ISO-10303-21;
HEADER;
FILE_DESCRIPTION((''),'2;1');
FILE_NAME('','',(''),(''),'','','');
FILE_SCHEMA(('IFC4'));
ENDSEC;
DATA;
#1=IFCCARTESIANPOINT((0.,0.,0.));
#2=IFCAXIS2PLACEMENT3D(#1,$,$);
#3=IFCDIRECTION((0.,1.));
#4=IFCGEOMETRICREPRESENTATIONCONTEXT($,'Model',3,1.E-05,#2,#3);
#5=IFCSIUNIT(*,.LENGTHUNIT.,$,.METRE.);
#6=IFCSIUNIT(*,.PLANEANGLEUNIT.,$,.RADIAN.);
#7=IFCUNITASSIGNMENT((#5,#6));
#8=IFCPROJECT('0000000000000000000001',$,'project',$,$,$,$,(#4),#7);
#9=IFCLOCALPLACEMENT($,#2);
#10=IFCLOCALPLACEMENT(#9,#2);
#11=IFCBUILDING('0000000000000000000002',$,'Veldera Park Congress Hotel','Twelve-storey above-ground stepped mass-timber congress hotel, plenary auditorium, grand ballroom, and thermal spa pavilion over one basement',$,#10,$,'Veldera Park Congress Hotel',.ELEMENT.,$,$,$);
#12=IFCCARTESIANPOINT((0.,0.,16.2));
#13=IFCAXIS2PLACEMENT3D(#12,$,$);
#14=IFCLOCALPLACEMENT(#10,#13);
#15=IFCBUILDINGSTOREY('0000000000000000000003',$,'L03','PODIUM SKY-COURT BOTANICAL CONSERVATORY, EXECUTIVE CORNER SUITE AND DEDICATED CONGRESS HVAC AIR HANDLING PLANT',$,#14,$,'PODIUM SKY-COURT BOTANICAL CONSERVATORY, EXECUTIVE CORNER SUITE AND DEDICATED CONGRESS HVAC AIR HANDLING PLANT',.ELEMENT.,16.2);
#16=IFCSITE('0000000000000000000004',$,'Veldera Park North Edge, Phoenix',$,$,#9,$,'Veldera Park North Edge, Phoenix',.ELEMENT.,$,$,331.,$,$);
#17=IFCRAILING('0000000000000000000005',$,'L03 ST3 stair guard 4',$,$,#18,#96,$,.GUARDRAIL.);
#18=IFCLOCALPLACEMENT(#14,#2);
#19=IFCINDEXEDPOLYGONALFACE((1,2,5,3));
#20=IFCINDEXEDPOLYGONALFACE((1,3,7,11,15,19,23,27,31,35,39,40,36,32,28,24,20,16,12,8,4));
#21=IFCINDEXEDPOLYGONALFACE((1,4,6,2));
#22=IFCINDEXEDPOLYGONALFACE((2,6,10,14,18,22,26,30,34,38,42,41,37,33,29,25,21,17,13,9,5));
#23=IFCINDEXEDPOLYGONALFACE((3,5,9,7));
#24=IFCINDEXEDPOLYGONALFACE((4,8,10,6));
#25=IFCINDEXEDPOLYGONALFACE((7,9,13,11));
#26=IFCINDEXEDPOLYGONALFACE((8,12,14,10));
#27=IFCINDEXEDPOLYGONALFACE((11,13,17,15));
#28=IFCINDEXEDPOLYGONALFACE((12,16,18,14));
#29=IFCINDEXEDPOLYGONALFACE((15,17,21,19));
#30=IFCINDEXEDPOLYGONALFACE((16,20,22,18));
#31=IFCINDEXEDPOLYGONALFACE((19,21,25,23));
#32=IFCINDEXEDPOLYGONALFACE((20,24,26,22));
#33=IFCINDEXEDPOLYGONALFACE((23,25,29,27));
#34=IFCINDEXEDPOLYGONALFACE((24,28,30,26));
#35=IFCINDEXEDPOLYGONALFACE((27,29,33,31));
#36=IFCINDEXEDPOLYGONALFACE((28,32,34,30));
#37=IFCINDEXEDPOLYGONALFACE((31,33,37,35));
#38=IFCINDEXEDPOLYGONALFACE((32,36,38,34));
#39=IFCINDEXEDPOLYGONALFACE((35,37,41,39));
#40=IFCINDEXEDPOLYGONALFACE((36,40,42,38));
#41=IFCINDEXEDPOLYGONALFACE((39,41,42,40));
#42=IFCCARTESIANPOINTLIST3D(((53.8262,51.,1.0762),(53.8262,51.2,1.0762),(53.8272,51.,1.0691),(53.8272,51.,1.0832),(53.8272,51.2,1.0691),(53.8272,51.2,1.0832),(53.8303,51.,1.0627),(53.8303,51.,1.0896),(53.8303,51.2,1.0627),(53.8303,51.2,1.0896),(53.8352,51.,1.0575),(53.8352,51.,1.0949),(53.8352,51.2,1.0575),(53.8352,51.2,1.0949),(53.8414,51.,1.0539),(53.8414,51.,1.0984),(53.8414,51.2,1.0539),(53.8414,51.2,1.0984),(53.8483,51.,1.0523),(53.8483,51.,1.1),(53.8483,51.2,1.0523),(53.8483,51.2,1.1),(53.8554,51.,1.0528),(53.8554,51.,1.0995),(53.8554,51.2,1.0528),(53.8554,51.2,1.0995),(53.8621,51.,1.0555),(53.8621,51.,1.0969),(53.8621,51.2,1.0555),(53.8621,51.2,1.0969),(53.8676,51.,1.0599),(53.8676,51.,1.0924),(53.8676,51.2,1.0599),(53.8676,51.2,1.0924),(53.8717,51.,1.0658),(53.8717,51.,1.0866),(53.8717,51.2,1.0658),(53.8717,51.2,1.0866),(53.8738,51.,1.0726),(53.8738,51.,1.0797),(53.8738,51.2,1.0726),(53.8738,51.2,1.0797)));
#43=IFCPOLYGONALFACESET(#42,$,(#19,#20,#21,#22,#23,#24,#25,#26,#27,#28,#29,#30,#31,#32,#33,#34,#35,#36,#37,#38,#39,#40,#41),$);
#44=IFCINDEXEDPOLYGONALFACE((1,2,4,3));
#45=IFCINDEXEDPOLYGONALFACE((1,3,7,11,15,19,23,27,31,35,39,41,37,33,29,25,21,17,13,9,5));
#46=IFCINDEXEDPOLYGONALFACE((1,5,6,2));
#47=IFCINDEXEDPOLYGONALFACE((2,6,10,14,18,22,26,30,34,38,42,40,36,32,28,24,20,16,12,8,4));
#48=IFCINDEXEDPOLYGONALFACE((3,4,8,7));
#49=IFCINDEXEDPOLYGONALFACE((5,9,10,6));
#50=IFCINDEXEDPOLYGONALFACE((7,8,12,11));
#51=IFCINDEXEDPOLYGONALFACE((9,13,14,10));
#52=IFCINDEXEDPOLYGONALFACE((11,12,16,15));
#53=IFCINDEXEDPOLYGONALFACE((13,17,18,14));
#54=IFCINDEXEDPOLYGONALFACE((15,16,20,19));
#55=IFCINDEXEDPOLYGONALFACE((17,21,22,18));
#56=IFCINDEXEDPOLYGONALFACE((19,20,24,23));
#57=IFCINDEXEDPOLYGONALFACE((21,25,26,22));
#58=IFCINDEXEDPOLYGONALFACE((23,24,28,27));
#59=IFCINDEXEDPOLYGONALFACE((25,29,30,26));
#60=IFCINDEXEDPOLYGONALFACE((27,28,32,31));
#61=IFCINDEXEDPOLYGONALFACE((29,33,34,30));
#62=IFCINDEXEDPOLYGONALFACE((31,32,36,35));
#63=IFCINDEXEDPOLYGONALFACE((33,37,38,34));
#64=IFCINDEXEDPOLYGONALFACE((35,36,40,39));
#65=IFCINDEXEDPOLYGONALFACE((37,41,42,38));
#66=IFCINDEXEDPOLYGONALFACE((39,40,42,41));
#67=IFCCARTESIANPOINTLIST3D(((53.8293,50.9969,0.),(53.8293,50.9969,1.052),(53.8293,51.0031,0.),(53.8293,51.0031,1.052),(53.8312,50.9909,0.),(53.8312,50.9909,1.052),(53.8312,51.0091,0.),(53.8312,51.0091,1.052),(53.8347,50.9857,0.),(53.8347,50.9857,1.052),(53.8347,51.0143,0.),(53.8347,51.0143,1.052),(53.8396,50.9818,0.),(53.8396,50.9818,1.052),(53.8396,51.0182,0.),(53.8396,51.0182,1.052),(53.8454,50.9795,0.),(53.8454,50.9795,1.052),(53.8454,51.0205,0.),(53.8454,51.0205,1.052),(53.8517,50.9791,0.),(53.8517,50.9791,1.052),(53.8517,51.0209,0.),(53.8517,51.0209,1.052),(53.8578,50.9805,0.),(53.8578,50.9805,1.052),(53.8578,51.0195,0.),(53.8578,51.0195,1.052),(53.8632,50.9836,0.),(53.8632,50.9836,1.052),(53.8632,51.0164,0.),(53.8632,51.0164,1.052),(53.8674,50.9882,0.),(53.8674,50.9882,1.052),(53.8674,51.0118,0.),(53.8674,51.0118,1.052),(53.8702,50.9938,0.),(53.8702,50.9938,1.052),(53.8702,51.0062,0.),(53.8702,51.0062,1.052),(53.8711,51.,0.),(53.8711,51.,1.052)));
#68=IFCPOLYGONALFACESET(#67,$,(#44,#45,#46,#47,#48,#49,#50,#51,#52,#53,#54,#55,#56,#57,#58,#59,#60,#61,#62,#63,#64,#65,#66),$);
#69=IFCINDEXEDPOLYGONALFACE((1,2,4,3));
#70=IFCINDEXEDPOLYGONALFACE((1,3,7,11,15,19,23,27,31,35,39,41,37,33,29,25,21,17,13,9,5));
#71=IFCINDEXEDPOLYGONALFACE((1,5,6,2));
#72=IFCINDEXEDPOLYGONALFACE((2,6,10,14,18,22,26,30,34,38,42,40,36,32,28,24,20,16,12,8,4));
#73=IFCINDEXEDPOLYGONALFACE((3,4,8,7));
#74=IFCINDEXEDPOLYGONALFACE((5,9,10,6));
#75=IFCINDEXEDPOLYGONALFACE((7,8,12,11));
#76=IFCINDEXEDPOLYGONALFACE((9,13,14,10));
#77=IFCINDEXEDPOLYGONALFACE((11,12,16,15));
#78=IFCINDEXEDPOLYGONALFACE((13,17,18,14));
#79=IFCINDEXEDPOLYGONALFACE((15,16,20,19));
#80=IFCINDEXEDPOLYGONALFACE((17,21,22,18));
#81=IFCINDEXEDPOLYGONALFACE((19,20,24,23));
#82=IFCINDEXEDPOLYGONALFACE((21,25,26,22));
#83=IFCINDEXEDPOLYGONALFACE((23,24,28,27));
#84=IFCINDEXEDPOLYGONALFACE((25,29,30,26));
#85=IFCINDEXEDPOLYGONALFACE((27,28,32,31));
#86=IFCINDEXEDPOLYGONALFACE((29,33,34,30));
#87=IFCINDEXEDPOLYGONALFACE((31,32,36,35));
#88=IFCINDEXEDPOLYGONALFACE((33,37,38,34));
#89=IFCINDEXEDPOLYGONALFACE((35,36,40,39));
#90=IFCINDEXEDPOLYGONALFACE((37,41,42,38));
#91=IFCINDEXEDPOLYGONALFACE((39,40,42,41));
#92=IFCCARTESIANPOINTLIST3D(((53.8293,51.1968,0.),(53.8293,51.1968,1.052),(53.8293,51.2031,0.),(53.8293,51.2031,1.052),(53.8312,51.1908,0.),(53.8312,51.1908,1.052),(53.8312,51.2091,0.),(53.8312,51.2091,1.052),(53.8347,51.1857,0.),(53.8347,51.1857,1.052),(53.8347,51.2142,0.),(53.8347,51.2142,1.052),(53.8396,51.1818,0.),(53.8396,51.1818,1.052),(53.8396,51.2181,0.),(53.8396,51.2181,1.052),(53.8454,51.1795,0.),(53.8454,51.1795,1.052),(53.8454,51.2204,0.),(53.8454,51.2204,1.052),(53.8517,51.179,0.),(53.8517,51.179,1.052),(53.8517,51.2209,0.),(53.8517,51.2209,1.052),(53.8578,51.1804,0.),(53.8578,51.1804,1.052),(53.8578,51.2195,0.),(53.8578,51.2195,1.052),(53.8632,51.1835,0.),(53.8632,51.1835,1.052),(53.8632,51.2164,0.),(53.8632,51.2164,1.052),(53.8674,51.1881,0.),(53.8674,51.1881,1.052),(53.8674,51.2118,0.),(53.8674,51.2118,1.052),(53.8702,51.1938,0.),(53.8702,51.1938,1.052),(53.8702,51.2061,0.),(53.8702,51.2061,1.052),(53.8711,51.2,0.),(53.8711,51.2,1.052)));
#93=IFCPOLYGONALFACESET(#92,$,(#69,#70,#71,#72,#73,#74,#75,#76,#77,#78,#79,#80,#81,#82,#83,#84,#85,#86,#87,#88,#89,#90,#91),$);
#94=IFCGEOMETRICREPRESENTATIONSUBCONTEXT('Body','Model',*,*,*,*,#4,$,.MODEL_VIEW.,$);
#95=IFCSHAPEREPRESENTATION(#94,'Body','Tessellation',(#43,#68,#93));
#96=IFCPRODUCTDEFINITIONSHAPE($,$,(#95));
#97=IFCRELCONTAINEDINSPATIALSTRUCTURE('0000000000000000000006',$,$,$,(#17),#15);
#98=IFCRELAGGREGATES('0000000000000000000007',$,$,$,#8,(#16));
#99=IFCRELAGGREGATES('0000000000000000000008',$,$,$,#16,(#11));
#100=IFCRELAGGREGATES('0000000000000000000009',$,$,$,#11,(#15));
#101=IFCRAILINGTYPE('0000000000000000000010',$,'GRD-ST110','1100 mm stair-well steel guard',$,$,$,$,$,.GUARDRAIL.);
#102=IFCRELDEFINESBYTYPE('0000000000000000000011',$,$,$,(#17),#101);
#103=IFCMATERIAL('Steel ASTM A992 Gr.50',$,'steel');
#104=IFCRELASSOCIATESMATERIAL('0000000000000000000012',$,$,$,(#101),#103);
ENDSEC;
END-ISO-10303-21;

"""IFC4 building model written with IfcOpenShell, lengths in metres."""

from ifc_helpers import new_model, si_unit, direction, frame, origin, origin_2d, place, context, subcontext, project, spatial, circle, extrude, material, type_object, element, save


model = new_model("IFC4")

# Units and contexts
model_context = context("Model", 3, precision=1e-05, world=origin(), true_north=direction((0.0, 1.0)))
body_context = subcontext(model_context, "Body", "Model", "MODEL_VIEW")
ifc_project = project(units=[si_unit("LENGTHUNIT", "METRE"), si_unit("PLANEANGLEUNIT", "RADIAN")], contexts=[model_context])

# Site, building, storey
site_placement = place(None, origin())
site = spatial("IfcSite", under=ifc_project, at=site_placement, Name="Veldera Park North Edge, Phoenix", LongName="Veldera Park North Edge, Phoenix", CompositionType="ELEMENT", RefElevation=331.0)
building_placement = place(site_placement, origin())
building = spatial("IfcBuilding", under=site, at=building_placement, Name="Veldera Park Congress Hotel", Description="Twelve-storey above-ground stepped mass-timber congress hotel, plenary auditorium, grand ballroom, and thermal spa pavilion over one basement", LongName="Veldera Park Congress Hotel", CompositionType="ELEMENT")
storey_placement = place(building_placement, frame((0.0, 0.0, 16.2)))
storey = spatial("IfcBuildingStorey", under=building, at=storey_placement, Name="L03", Description="PODIUM SKY-COURT BOTANICAL CONSERVATORY, EXECUTIVE CORNER SUITE AND DEDICATED CONGRESS HVAC AIR HANDLING PLANT", LongName="PODIUM SKY-COURT BOTANICAL CONSERVATORY, EXECUTIVE CORNER SUITE AND DEDICATED CONGRESS HVAC AIR HANDLING PLANT", CompositionType="ELEMENT", Elevation=16.2)

# Railing
ifc_material_1 = material(Name="Steel ASTM A992 Gr.50", Category="steel")
railing_type_1 = type_object("IfcRailingType", Name="GRD-ST110", Description="1100 mm stair-well steel guard", PredefinedType="GUARDRAIL", material=ifc_material_1)
railing_1_placement = place(storey_placement, frame((53.8501, 51.0, 0.0)))
element("IfcRailing", 1, at=railing_1_placement, inside=storey, type_object=railing_type_1, Name="L03 ST3 stair guard 4", PredefinedType="GUARDRAIL", context=body_context, shape_type="SweptSolid", body=[
    extrude(circle(Radius=0.0239, at=origin_2d()), frame((0.0, 0.0, 1.0762), z_axis=(0.0, 1.0, 0.0), x_axis=(-1.0, 0.0, 0.0)), (0.0, 0.0, 1.0), 0.2),
    extrude(circle(Radius=0.021, at=origin_2d()), origin(), (0.0, 0.0, 1.0), 1.052),
    extrude(circle(Radius=0.021, at=origin_2d()), frame((0.0, 0.2, 0.0)), (0.0, 0.0, 1.0), 1.052),
])

save(model, "model.ifc")
